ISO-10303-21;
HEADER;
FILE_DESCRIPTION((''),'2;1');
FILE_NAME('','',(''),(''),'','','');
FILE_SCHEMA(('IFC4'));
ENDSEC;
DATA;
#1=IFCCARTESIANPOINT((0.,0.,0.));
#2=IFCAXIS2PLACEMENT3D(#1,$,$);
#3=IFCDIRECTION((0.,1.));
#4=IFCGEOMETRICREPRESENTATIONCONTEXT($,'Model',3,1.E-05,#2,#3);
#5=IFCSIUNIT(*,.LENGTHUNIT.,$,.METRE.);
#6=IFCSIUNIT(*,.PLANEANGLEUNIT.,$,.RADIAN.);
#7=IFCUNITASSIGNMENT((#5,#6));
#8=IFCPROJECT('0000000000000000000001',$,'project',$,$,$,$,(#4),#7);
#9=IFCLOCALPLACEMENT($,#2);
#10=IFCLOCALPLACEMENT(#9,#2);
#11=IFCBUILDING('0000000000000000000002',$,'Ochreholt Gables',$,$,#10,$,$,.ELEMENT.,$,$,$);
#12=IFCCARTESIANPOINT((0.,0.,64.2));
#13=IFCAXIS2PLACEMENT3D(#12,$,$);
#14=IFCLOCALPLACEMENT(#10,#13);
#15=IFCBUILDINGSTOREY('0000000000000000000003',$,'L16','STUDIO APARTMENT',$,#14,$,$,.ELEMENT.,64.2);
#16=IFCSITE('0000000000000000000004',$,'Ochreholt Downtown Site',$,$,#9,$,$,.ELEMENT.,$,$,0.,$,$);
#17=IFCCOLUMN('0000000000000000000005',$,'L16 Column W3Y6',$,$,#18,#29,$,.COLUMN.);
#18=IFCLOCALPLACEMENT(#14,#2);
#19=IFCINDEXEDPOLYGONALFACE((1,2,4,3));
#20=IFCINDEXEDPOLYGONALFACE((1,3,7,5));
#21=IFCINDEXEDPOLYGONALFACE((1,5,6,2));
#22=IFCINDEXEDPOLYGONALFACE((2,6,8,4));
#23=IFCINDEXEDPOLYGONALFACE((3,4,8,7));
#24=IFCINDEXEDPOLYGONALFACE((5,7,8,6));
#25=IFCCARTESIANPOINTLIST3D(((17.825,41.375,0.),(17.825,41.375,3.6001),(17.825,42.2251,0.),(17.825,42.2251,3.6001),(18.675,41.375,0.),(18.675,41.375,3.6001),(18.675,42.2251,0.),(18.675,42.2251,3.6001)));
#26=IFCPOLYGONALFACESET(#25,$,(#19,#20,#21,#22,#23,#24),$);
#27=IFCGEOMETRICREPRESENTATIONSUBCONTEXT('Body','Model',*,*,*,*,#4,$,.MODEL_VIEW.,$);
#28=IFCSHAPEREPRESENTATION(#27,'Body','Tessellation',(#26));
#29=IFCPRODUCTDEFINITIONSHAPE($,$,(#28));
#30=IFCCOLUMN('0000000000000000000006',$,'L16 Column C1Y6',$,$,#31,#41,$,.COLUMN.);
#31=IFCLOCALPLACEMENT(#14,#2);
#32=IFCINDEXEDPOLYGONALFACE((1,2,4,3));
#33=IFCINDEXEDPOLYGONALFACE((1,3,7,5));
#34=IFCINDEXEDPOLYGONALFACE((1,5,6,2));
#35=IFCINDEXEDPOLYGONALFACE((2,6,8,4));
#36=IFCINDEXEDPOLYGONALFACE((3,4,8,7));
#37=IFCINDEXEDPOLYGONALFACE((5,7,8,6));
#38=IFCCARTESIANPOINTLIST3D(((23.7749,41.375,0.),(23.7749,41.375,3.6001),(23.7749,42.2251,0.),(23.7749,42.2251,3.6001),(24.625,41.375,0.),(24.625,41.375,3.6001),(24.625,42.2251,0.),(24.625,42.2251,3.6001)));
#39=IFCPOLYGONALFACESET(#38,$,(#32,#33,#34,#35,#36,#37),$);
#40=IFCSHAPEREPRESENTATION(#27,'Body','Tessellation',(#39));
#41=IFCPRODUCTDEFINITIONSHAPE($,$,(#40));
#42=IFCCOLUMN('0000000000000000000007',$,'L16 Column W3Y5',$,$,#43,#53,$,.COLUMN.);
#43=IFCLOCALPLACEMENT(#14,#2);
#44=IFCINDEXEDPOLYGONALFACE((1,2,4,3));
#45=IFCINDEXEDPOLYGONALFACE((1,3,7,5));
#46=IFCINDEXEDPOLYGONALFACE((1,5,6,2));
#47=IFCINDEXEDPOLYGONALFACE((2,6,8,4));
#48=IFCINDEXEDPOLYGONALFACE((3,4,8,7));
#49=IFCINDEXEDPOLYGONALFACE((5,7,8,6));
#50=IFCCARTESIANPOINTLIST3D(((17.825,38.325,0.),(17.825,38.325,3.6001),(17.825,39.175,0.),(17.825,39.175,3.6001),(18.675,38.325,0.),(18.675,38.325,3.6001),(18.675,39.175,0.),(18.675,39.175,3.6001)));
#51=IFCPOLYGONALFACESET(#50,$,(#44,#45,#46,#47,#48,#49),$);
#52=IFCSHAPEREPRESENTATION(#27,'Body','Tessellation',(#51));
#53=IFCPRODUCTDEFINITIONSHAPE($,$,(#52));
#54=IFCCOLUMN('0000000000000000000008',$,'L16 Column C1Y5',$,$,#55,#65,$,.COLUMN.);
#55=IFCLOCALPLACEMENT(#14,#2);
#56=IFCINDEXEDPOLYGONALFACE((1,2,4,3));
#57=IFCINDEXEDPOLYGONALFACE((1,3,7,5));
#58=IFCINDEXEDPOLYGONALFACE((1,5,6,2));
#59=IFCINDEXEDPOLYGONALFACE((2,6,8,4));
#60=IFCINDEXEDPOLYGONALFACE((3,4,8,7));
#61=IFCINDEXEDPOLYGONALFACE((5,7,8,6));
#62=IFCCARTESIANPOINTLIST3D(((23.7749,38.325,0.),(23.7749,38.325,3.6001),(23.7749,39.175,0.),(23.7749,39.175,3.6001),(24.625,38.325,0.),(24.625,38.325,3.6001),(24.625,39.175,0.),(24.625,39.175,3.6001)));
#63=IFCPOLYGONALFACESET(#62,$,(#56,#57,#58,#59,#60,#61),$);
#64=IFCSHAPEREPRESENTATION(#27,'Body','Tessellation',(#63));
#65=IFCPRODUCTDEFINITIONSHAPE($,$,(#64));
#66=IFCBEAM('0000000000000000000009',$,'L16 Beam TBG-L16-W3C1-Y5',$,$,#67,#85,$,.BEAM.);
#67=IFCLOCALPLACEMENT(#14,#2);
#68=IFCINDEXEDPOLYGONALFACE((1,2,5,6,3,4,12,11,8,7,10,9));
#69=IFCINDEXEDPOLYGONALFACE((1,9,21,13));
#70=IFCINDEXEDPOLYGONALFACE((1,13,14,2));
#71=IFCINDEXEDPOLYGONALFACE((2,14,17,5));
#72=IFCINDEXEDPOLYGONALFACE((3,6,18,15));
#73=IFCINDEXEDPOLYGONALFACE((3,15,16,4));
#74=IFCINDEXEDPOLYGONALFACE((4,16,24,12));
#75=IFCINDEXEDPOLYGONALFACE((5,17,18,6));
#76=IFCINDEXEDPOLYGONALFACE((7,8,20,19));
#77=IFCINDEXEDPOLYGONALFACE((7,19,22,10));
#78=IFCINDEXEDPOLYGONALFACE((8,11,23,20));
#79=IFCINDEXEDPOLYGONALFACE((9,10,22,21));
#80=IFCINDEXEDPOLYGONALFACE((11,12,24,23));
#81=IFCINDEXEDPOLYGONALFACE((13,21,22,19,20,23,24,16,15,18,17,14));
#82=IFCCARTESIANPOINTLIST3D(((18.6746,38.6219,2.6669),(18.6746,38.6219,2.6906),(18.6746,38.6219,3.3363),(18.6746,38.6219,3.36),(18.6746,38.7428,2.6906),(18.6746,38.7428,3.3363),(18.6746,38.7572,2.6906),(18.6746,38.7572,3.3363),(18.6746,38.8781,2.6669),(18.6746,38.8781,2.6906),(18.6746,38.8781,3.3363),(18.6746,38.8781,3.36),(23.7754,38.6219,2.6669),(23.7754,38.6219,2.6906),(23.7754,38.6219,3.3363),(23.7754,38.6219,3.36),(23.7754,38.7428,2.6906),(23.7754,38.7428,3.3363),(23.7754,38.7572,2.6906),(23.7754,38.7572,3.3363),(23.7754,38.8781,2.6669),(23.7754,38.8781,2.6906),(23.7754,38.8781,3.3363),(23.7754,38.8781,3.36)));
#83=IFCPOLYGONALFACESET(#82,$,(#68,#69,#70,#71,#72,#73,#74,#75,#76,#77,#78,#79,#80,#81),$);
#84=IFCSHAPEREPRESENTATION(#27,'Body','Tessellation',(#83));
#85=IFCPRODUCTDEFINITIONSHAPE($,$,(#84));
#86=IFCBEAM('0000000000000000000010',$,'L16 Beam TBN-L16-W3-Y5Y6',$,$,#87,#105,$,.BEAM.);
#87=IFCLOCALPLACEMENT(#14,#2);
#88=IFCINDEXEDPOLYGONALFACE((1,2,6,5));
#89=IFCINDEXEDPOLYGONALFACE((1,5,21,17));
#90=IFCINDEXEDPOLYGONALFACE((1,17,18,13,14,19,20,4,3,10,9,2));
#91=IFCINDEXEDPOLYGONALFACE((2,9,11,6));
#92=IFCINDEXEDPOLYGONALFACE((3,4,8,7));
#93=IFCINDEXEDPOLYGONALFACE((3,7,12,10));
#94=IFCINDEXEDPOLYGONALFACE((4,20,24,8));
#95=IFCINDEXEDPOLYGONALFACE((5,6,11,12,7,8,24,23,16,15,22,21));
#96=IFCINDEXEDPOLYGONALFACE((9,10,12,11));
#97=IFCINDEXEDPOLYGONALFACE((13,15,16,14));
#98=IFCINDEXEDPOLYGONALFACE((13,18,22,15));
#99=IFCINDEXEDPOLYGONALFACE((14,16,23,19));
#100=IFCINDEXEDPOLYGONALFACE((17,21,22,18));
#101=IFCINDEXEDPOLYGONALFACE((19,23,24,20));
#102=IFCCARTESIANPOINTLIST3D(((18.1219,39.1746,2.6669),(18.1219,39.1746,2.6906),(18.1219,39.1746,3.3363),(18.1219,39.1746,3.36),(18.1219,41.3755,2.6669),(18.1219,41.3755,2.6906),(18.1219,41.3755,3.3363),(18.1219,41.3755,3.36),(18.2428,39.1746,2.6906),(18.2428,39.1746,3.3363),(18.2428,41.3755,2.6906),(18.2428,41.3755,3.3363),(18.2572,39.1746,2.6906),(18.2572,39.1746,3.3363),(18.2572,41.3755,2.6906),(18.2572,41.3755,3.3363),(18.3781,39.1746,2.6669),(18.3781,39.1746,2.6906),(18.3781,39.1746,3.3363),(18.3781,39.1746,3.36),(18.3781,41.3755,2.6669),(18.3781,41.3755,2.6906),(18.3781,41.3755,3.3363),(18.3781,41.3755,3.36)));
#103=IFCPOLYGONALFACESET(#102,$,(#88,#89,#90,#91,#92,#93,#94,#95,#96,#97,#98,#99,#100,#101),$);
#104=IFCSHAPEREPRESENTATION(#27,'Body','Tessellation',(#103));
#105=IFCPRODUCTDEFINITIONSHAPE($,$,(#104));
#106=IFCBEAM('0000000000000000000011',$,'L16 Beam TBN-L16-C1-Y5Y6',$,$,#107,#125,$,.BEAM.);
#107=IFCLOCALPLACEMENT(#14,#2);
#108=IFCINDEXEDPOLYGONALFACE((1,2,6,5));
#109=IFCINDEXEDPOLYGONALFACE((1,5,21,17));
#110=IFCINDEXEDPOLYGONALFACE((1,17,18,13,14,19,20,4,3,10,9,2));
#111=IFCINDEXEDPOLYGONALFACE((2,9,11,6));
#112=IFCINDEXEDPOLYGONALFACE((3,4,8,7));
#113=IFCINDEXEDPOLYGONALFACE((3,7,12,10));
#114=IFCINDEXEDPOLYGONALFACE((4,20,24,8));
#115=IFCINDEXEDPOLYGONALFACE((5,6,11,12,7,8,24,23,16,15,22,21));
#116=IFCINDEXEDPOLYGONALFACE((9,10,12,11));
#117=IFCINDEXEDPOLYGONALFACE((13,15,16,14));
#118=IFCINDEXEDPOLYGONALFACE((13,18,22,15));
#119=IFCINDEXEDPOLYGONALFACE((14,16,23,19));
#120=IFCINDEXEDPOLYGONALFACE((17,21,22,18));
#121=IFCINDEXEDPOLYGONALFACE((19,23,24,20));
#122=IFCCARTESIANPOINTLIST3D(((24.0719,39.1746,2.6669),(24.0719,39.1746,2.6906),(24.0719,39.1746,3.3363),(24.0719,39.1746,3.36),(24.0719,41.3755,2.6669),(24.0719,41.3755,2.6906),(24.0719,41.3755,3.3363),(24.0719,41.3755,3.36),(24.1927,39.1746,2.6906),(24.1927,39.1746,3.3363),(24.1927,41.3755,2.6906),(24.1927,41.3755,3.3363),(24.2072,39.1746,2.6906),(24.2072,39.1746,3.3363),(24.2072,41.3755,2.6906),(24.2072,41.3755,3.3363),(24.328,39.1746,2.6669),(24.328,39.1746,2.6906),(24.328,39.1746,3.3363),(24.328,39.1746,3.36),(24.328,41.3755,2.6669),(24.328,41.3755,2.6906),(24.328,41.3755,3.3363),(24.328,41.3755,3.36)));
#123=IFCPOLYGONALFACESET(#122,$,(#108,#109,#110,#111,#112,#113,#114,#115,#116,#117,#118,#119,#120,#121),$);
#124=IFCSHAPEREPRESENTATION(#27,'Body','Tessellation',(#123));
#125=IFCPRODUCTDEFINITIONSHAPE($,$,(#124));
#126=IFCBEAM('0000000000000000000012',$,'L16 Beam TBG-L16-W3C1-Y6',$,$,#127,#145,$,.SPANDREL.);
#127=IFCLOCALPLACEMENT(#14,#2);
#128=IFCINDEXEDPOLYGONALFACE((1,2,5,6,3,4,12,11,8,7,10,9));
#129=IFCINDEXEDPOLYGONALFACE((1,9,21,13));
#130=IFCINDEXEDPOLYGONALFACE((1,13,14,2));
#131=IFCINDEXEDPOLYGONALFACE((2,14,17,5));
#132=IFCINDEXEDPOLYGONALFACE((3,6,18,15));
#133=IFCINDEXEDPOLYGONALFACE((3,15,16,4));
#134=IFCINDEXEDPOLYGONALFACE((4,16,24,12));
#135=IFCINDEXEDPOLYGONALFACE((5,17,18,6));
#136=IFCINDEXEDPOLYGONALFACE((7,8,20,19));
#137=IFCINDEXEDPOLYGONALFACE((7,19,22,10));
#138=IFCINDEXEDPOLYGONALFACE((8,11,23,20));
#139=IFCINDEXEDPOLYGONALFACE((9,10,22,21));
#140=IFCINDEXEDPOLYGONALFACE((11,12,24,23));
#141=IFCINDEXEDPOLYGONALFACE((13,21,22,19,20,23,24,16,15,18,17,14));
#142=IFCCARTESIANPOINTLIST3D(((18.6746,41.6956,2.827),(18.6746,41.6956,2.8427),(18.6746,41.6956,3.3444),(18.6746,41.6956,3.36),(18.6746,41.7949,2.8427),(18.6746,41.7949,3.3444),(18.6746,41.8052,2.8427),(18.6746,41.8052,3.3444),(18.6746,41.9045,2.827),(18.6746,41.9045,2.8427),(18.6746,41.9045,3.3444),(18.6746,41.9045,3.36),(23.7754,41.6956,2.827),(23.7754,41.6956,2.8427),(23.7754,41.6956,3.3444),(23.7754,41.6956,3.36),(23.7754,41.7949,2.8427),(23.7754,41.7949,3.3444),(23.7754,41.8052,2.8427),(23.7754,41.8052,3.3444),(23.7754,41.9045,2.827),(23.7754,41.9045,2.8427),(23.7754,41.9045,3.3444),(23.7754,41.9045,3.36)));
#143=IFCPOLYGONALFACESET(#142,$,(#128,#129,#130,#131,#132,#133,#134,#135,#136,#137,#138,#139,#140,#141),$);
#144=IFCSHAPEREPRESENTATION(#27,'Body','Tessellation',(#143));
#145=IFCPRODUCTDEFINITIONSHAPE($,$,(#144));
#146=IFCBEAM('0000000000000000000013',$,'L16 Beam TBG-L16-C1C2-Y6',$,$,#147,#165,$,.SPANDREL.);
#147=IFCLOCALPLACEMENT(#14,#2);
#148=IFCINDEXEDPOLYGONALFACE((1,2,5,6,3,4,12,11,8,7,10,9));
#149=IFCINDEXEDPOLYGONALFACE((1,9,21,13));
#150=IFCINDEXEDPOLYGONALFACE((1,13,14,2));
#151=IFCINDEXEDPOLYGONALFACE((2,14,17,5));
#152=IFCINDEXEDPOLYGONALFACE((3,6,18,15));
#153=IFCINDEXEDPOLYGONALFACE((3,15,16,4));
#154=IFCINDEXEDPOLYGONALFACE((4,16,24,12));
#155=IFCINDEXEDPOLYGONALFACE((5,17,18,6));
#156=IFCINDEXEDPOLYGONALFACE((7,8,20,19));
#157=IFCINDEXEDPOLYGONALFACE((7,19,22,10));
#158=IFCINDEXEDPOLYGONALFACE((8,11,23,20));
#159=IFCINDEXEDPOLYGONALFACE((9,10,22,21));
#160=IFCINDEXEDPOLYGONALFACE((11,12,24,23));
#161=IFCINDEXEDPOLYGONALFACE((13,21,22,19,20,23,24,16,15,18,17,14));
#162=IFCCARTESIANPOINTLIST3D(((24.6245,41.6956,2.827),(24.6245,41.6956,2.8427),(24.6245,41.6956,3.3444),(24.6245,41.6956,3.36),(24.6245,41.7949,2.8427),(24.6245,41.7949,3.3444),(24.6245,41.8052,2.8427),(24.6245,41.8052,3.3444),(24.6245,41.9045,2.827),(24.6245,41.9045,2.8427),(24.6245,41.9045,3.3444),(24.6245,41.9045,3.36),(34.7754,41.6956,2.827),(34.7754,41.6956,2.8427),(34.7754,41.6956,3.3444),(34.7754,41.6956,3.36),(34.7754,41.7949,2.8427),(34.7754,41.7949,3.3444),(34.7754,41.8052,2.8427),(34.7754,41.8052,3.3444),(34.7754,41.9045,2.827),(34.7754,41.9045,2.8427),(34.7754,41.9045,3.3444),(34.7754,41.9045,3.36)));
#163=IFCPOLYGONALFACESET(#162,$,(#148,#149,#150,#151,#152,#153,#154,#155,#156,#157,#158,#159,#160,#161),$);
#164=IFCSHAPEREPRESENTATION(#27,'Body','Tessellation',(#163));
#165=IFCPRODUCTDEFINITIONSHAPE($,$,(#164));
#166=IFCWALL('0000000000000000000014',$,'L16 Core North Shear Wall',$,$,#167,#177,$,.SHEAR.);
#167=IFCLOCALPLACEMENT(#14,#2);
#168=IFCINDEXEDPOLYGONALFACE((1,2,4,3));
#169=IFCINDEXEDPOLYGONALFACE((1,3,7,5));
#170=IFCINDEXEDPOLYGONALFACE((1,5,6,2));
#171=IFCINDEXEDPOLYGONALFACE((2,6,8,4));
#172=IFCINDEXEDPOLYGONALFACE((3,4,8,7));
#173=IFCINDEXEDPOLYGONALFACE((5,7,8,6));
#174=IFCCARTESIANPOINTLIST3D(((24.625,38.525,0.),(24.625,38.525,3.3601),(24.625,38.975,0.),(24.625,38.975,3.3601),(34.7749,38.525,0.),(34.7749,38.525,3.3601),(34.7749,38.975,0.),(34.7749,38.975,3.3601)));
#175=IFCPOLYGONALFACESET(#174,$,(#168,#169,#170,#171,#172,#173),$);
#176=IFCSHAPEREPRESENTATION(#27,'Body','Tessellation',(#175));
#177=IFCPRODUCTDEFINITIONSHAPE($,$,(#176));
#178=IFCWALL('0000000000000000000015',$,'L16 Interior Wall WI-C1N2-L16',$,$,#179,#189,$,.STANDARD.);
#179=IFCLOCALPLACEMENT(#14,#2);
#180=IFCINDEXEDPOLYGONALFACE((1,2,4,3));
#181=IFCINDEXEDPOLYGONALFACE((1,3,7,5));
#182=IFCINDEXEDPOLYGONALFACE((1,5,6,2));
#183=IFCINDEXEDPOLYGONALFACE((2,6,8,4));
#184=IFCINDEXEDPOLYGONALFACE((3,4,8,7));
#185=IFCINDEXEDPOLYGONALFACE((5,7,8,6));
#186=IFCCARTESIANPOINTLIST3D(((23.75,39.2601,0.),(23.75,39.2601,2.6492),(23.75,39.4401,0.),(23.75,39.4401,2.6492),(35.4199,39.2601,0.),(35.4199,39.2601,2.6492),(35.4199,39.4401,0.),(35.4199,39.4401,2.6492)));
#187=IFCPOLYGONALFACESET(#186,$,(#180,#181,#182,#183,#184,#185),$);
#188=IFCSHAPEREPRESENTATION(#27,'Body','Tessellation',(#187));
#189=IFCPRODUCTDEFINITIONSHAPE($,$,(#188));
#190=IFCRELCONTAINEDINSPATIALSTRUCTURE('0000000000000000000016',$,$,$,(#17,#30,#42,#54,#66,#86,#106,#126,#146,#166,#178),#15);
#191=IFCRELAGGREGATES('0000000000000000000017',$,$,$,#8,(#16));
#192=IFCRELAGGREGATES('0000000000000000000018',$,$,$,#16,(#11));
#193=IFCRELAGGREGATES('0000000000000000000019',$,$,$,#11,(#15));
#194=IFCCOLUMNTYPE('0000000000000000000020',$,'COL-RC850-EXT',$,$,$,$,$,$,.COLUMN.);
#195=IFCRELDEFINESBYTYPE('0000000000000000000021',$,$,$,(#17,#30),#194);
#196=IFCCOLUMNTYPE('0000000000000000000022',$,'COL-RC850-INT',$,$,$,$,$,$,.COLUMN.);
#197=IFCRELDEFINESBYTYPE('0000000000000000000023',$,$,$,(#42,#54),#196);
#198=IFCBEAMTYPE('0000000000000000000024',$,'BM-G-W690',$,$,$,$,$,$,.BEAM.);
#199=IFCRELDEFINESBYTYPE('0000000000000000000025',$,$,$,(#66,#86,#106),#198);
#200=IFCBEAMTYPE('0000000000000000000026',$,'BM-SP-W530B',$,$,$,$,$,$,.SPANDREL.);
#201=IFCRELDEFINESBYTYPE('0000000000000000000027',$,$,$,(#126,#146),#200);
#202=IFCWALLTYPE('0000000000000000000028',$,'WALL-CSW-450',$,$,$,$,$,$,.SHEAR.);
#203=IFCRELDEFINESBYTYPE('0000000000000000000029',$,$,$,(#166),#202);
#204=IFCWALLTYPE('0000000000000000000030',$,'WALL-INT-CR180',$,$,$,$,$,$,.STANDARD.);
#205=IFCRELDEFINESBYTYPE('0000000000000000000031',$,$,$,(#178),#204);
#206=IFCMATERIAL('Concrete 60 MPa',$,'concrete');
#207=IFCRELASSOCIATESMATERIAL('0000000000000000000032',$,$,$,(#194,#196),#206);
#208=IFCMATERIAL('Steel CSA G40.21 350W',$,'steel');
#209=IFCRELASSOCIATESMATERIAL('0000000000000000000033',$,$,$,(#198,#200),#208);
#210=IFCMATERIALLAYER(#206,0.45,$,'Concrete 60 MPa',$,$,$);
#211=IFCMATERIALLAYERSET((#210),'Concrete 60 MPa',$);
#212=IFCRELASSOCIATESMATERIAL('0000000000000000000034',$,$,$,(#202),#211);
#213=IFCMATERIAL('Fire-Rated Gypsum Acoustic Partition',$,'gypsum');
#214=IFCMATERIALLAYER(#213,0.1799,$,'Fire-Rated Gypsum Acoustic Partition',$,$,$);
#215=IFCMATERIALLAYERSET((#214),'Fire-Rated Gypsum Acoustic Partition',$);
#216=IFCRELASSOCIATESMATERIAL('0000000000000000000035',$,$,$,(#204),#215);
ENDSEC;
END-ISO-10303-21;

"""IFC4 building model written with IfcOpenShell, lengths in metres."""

from ifc_helpers import new_model, si_unit, direction, frame, frame_2d, origin, origin_2d, place, context, subcontext, project, spatial, rectangle, i_section, extrude, material, layer, layer_set, material_profile, profile_set, type_object, element, save


model = new_model("IFC4")

# Units and contexts
model_context = context("Model", 3, precision=1e-05, world=origin(), true_north=direction((0.0, 1.0)))
body_context = subcontext(model_context, "Body", "Model", "MODEL_VIEW")
ifc_project = project(units=[si_unit("LENGTHUNIT", "METRE"), si_unit("PLANEANGLEUNIT", "RADIAN")], contexts=[model_context])

# Site, building, storey
site_placement = place(None, origin())
site = spatial("IfcSite", under=ifc_project, at=site_placement, Name="Ochreholt Downtown Site", CompositionType="ELEMENT", RefElevation=0.0)
building_placement = place(site_placement, origin())
building = spatial("IfcBuilding", under=site, at=building_placement, Name="Ochreholt Gables", CompositionType="ELEMENT")
storey_placement = place(building_placement, frame((0.0, 0.0, 64.2)))
storey = spatial("IfcBuildingStorey", under=building, at=storey_placement, Name="L16", Description="STUDIO APARTMENT", CompositionType="ELEMENT", Elevation=64.2)

# Columns
ifc_material_1 = material(Name="Concrete 60 MPa", Category="concrete")
ifc_material_profile_1 = material_profile(ifc_material_1, rectangle(XDim=0.8501, YDim=0.8501, at=origin_2d()), Name="RC850X850")
ifc_profile_set_1 = profile_set([ifc_material_profile_1], Name="Concrete 60 MPa")
column_type_1 = type_object("IfcColumnType", Name="COL-RC850-EXT", PredefinedType="COLUMN", material=ifc_profile_set_1)
for number, where, z_axis, x_axis, name in (
    (1, (18.25, 41.8, 0.0), (0.0, 0.0, 1.0), (1.0, 0.0, 0.0), "L16 Column W3Y6"),
    (2, (24.2, 41.8, 0.0), (0.0, 0.0, 1.0), (1.0, 0.0, 0.0), "L16 Column C1Y6"),
):
    element("IfcColumn", number, at=place(storey_placement, frame(where, z_axis=z_axis, x_axis=x_axis)), inside=storey, type_object=column_type_1, Name=name, PredefinedType="COLUMN", context=body_context, shape_type="SweptSolid", body=[
        extrude(rectangle(XDim=0.8501, YDim=0.8501, at=origin_2d()), origin(), (0.0, 0.0, 1.0), 3.6001),
    ])
ifc_material_profile_2 = material_profile(ifc_material_1, rectangle(XDim=0.8501, YDim=0.8501, at=origin_2d()), Name="RC850X850")
ifc_profile_set_2 = profile_set([ifc_material_profile_2], Name="Concrete 60 MPa")
column_type_2 = type_object("IfcColumnType", Name="COL-RC850-INT", PredefinedType="COLUMN", material=ifc_profile_set_2)
for number, where, z_axis, x_axis, name in (
    (3, (18.25, 38.75, 0.0), (0.0, 0.0, 1.0), (1.0, 0.0, 0.0), "L16 Column W3Y5"),
    (4, (24.2, 38.75, 0.0), (0.0, 0.0, 1.0), (1.0, 0.0, 0.0), "L16 Column C1Y5"),
):
    element("IfcColumn", number, at=place(storey_placement, frame(where, z_axis=z_axis, x_axis=x_axis)), inside=storey, type_object=column_type_2, Name=name, PredefinedType="COLUMN", context=body_context, shape_type="SweptSolid", body=[
        extrude(rectangle(XDim=0.8501, YDim=0.8501, at=origin_2d()), origin(), (0.0, 0.0, 1.0), 3.6001),
    ])

# Beams
ifc_material_2 = material(Name="Steel CSA G40.21 350W", Category="steel")
ifc_material_profile_3 = material_profile(ifc_material_2, i_section(OverallWidth=0.2561, OverallDepth=0.6931, WebThickness=0.0144, FlangeThickness=0.0237, at=origin_2d()), Name="W690X170")
ifc_profile_set_3 = profile_set([ifc_material_profile_3], Name="Steel CSA G40.21 350W")
beam_type_1 = type_object("IfcBeamType", Name="BM-G-W690", PredefinedType="BEAM", material=ifc_profile_set_3)
beam_1_placement = place(storey_placement, frame((18.6746, 38.75, 3.0134), z_axis=(1.0, 0.0, 0.0), x_axis=(0.0, 1.0, 0.0)))
element("IfcBeam", 5, at=beam_1_placement, inside=storey, type_object=beam_type_1, Name="L16 Beam TBG-L16-W3C1-Y5", PredefinedType="BEAM", context=body_context, shape_type="SweptSolid", body=[
    extrude(i_section(OverallWidth=0.2561, OverallDepth=0.6931, WebThickness=0.0144, FlangeThickness=0.0237, at=origin_2d()), origin(), (0.0, 0.0, 1.0), 5.1008),
])
for number, where, z_axis, x_axis, name in (
    (6, (18.25, 39.1746, 3.0134), (0.0, 1.0, 0.0), (-1.0, 0.0, 0.0), "L16 Beam TBN-L16-W3-Y5Y6"),
    (7, (24.2, 39.1746, 3.0134), (0.0, 1.0, 0.0), (-1.0, 0.0, 0.0), "L16 Beam TBN-L16-C1-Y5Y6"),
):
    element("IfcBeam", number, at=place(storey_placement, frame(where, z_axis=z_axis, x_axis=x_axis)), inside=storey, type_object=beam_type_1, Name=name, PredefinedType="BEAM", context=body_context, shape_type="SweptSolid", body=[
        extrude(i_section(OverallWidth=0.2561, OverallDepth=0.6931, WebThickness=0.0144, FlangeThickness=0.0237, at=origin_2d()), origin(), (0.0, 0.0, 1.0), 2.2009),
    ])
ifc_material_profile_4 = material_profile(ifc_material_2, i_section(OverallWidth=0.209, OverallDepth=0.533, WebThickness=0.0103, FlangeThickness=0.0156, at=origin_2d()), Name="W530X92")
ifc_profile_set_4 = profile_set([ifc_material_profile_4], Name="Steel CSA G40.21 350W")
beam_type_2 = type_object("IfcBeamType", Name="BM-SP-W530B", PredefinedType="SPANDREL", material=ifc_profile_set_4)
beam_2_placement = place(storey_placement, frame((18.6746, 41.8, 3.0935), z_axis=(1.0, 0.0, 0.0), x_axis=(0.0, 1.0, 0.0)))
element("IfcBeam", 8, at=beam_2_placement, inside=storey, type_object=beam_type_2, Name="L16 Beam TBG-L16-W3C1-Y6", PredefinedType="SPANDREL", context=body_context, shape_type="SweptSolid", body=[
    extrude(i_section(OverallWidth=0.209, OverallDepth=0.533, WebThickness=0.0103, FlangeThickness=0.0156, at=origin_2d()), origin(), (0.0, 0.0, 1.0), 5.1008),
])
beam_3_placement = place(storey_placement, frame((24.6245, 41.8, 3.0935), z_axis=(1.0, 0.0, 0.0), x_axis=(0.0, 1.0, 0.0)))
element("IfcBeam", 9, at=beam_3_placement, inside=storey, type_object=beam_type_2, Name="L16 Beam TBG-L16-C1C2-Y6", PredefinedType="SPANDREL", context=body_context, shape_type="SweptSolid", body=[
    extrude(i_section(OverallWidth=0.209, OverallDepth=0.533, WebThickness=0.0103, FlangeThickness=0.0156, at=origin_2d()), origin(), (0.0, 0.0, 1.0), 10.1509),
])

# Walls
ifc_layer_1 = layer(ifc_material_1, 0.45, Name="Concrete 60 MPa")
ifc_layer_set_1 = layer_set([ifc_layer_1], Name="Concrete 60 MPa")
wall_type_1 = type_object("IfcWallType", Name="WALL-CSW-450", PredefinedType="SHEAR", material=ifc_layer_set_1)
wall_1_placement = place(storey_placement, frame((24.625, 38.75, 0.0), z_axis=(0.0, 0.0, 1.0), x_axis=(1.0, 0.0, 0.0)))
element("IfcWall", 10, at=wall_1_placement, inside=storey, type_object=wall_type_1, Name="L16 Core North Shear Wall", PredefinedType="SHEAR", context=body_context, shape_type="SweptSolid", body=[
    extrude(rectangle(XDim=10.1499, YDim=0.45, at=frame_2d((5.075, 0.0))), origin(), (0.0, 0.0, 1.0), 3.3601),
])
ifc_material_3 = material(Name="Fire-Rated Gypsum Acoustic Partition", Category="gypsum")
ifc_layer_2 = layer(ifc_material_3, 0.1799, Name="Fire-Rated Gypsum Acoustic Partition")
ifc_layer_set_2 = layer_set([ifc_layer_2], Name="Fire-Rated Gypsum Acoustic Partition")
wall_type_2 = type_object("IfcWallType", Name="WALL-INT-CR180", PredefinedType="STANDARD", material=ifc_layer_set_2)
wall_2_placement = place(storey_placement, frame((23.75, 39.3501, 0.0), z_axis=(0.0, 0.0, 1.0), x_axis=(1.0, 0.0, 0.0)))
element("IfcWall", 11, at=wall_2_placement, inside=storey, type_object=wall_type_2, Name="L16 Interior Wall WI-C1N2-L16", PredefinedType="STANDARD", context=body_context, shape_type="SweptSolid", body=[
    extrude(rectangle(XDim=11.6699, YDim=0.1799, at=frame_2d((5.835, 0.0))), origin(), (0.0, 0.0, 1.0), 2.6492),
])

save(model, "model.ifc")
